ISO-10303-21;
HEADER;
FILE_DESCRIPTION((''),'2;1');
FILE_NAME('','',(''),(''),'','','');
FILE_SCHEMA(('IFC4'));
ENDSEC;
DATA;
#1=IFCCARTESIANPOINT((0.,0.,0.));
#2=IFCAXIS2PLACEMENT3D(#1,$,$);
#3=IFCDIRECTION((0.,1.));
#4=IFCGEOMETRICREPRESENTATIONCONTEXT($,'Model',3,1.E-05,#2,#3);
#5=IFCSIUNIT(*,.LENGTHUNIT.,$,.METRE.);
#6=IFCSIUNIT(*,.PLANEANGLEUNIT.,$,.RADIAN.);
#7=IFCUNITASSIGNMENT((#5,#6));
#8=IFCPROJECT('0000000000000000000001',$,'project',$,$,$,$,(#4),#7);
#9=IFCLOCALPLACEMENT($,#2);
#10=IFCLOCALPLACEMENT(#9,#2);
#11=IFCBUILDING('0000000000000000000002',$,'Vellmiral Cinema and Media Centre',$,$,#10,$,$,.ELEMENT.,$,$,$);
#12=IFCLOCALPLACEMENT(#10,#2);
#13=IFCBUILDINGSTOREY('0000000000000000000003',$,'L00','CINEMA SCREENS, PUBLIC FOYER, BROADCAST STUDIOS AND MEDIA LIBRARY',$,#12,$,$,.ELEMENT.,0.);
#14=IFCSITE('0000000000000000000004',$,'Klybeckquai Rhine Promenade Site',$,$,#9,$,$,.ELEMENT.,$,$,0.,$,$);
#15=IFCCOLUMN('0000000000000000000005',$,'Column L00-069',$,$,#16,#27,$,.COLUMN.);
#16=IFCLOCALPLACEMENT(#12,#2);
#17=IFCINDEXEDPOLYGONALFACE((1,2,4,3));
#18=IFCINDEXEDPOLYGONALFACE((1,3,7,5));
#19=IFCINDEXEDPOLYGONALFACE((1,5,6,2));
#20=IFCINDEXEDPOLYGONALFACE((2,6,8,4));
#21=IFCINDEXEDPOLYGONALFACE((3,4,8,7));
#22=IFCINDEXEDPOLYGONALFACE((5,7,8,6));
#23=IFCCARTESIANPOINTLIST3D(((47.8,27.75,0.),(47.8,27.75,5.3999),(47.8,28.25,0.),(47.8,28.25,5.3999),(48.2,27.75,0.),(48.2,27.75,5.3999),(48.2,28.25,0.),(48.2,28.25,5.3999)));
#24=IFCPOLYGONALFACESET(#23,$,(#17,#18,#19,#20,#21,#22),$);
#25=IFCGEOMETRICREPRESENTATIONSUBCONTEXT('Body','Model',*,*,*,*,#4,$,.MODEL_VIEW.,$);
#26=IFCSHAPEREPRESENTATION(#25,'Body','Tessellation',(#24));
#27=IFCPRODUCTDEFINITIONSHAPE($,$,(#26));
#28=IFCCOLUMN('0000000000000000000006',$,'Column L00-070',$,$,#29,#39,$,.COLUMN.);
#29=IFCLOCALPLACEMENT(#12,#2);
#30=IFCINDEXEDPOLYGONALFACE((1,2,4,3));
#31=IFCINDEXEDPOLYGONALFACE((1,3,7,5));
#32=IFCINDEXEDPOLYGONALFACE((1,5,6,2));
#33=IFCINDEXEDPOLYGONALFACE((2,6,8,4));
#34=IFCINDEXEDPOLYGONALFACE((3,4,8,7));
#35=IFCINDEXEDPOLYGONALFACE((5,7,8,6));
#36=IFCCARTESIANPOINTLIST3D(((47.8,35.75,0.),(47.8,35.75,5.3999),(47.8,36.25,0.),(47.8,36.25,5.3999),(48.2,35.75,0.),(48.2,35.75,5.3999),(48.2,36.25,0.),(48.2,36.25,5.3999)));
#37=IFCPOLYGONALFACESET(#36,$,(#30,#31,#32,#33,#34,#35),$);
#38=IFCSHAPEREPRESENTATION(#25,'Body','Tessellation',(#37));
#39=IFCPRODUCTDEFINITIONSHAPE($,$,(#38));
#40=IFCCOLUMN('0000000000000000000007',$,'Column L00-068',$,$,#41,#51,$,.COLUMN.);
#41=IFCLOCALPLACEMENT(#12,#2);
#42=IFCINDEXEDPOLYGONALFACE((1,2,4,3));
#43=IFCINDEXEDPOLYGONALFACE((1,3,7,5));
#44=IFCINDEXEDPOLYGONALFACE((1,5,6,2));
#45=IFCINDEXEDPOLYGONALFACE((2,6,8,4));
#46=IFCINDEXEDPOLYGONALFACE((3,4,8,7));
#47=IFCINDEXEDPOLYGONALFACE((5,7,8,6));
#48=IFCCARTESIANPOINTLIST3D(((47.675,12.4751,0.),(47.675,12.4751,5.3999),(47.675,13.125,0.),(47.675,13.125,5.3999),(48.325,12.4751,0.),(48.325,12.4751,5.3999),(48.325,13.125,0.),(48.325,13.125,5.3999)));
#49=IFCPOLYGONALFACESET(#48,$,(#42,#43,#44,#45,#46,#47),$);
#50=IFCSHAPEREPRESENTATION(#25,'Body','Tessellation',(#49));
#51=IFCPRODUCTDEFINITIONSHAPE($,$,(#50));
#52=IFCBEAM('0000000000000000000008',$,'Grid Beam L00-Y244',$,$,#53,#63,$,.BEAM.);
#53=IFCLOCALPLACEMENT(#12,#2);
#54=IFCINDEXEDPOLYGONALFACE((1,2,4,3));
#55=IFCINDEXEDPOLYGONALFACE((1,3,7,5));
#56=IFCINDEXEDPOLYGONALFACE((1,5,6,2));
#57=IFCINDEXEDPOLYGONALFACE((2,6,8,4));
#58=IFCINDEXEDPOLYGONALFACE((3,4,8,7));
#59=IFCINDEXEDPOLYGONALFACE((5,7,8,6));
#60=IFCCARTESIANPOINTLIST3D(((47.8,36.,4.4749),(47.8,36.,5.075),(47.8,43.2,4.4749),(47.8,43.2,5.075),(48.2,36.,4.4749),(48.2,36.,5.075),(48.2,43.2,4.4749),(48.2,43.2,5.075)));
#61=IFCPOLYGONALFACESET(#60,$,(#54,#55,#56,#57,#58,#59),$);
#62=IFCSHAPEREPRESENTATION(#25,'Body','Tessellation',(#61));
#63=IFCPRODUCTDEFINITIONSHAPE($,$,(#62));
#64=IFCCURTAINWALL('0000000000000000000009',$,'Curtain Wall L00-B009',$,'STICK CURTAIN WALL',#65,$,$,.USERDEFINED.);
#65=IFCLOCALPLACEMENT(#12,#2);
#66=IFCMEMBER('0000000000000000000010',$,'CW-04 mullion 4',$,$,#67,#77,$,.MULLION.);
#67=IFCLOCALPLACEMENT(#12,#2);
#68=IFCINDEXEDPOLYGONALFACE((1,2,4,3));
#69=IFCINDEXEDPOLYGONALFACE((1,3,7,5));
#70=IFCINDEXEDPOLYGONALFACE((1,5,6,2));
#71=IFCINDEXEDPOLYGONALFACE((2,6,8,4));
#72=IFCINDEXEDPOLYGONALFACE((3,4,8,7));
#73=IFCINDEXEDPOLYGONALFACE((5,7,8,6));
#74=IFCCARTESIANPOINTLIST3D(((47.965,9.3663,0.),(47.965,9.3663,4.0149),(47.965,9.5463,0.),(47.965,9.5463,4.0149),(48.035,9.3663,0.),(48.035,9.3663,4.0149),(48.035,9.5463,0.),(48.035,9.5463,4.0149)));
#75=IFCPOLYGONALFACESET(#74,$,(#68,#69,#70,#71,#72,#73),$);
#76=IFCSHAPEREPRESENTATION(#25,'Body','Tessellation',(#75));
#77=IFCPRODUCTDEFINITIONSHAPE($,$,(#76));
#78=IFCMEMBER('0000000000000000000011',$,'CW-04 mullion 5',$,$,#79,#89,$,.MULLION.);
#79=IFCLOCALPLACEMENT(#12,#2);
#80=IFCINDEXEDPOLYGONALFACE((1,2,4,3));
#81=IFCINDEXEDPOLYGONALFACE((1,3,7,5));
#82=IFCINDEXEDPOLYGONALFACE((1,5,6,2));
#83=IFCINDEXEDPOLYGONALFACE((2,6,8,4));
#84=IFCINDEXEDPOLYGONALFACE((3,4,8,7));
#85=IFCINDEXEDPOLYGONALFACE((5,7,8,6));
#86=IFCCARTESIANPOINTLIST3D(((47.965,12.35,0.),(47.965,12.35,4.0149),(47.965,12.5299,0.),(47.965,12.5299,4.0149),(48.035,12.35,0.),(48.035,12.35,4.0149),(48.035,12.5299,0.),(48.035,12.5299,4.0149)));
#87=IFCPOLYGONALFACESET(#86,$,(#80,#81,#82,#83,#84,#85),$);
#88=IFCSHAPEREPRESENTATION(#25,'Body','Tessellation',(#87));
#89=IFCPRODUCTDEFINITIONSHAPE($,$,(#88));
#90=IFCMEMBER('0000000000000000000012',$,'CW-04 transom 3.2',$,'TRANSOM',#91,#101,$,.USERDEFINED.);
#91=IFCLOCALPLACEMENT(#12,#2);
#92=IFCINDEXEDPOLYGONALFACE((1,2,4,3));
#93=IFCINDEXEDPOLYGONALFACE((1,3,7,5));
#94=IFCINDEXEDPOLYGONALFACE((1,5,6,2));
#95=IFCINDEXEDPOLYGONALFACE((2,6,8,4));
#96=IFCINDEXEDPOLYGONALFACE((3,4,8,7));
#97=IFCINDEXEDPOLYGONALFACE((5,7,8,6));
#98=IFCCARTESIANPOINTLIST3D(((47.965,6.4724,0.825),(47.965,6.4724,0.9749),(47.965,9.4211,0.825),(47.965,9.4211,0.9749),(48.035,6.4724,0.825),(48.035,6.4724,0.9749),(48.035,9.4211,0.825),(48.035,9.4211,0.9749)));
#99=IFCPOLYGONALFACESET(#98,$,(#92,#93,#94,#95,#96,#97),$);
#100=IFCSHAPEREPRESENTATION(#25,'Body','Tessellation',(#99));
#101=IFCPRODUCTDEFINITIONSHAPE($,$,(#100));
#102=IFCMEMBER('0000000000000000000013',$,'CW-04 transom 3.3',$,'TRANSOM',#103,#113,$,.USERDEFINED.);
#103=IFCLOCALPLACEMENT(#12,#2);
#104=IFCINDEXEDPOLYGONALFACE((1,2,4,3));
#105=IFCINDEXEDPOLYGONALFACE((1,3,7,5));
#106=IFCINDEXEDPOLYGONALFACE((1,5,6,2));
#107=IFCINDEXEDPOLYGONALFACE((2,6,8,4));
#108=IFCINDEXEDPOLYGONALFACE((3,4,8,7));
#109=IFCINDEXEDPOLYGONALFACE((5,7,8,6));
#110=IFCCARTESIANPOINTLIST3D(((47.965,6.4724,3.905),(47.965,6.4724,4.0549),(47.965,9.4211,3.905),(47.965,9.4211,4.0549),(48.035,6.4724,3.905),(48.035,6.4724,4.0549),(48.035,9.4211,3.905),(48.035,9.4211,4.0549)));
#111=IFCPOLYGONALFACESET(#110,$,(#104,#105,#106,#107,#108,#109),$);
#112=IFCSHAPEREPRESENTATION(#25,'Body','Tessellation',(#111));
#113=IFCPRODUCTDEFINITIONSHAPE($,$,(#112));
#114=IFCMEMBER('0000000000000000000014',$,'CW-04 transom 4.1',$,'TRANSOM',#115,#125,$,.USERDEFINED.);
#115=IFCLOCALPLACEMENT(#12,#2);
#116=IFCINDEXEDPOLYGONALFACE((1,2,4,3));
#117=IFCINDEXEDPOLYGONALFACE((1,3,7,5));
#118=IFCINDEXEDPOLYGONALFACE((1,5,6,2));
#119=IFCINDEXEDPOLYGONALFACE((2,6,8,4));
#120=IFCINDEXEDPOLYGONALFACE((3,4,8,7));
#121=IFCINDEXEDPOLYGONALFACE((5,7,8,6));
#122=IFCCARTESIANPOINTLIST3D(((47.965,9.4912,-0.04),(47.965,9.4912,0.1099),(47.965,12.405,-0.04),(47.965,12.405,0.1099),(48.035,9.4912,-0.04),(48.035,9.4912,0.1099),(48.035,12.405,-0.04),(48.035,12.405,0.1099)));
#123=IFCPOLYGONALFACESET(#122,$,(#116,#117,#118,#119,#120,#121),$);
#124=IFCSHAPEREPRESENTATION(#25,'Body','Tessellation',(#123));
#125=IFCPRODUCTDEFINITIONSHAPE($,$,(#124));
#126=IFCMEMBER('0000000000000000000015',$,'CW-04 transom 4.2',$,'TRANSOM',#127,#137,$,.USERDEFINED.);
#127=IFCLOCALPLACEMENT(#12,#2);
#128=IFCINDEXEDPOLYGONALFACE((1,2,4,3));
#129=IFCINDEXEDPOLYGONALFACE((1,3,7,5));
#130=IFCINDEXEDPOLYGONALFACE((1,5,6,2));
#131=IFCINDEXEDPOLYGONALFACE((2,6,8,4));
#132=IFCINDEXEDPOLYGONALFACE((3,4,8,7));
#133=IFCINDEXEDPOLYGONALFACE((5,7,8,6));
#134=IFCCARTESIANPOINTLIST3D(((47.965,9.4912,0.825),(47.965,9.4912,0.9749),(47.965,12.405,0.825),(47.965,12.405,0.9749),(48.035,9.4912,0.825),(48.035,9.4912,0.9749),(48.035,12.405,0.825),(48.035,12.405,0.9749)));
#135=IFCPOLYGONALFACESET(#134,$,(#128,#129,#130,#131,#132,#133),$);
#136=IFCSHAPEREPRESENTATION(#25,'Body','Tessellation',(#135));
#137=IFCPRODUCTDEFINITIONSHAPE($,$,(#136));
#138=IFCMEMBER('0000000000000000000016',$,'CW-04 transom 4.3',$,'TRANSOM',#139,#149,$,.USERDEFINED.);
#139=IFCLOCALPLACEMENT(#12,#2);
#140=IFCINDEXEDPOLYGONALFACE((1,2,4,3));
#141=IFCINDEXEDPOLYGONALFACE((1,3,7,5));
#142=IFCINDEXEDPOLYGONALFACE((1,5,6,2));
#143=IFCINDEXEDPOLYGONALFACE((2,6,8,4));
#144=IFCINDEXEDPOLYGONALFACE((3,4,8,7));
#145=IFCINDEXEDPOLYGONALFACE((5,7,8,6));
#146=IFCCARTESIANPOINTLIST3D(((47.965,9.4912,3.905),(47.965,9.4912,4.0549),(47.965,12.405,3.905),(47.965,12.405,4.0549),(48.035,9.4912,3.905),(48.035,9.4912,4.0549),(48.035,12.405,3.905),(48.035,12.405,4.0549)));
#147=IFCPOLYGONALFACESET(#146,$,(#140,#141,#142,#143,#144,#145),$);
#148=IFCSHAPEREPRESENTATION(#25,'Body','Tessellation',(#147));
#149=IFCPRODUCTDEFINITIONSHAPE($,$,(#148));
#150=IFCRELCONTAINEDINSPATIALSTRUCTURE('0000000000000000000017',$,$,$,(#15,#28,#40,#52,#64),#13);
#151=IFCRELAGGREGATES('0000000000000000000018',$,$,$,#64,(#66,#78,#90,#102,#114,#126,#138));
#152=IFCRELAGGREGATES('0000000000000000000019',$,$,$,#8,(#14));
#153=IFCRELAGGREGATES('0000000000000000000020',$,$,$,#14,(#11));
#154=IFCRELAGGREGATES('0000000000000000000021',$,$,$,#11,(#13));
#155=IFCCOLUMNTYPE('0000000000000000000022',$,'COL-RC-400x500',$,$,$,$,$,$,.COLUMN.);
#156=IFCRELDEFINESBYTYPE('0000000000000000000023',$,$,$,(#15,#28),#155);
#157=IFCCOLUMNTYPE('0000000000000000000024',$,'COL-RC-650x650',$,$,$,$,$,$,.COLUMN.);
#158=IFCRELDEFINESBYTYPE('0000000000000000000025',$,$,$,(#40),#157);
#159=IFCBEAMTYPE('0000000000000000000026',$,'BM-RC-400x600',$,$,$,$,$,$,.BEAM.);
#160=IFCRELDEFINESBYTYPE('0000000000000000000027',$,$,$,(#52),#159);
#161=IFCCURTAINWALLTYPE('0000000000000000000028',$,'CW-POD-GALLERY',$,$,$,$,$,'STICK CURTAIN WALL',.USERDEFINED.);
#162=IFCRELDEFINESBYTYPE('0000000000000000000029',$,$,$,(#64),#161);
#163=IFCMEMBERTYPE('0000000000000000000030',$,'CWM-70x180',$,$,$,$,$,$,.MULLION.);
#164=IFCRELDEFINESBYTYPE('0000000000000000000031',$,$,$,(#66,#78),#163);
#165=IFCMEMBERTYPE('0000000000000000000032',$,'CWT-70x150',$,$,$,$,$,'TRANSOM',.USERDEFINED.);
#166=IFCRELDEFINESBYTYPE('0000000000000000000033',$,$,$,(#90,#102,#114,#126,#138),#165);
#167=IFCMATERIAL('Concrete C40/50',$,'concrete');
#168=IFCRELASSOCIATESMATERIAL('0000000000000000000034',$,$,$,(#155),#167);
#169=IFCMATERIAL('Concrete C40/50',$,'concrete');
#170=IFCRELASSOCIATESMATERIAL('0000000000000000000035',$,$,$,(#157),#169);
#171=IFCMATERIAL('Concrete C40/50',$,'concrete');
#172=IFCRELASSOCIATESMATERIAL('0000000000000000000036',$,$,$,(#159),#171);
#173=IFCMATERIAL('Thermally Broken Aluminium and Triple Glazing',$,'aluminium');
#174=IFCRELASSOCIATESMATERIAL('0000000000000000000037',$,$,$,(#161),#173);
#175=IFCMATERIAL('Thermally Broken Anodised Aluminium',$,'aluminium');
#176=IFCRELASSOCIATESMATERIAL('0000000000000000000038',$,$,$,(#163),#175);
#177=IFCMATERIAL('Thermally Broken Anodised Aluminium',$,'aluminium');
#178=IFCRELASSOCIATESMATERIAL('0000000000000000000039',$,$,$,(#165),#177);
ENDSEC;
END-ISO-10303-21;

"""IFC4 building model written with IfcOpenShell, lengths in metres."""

from ifc_helpers import new_model, si_unit, direction, frame, origin, origin_2d, place, context, subcontext, project, spatial, rectangle, extrude, material, material_profile, profile_set, type_object, element, aggregate, save


model = new_model("IFC4")

# Units and contexts
model_context = context("Model", 3, precision=1e-05, world=origin(), true_north=direction((0.0, 1.0)))
body_context = subcontext(model_context, "Body", "Model", "MODEL_VIEW")
ifc_project = project(units=[si_unit("LENGTHUNIT", "METRE"), si_unit("PLANEANGLEUNIT", "RADIAN")], contexts=[model_context])

# Site, building, storey
site_placement = place(None, origin())
site = spatial("IfcSite", under=ifc_project, at=site_placement, Name="Klybeckquai Rhine Promenade Site", CompositionType="ELEMENT", RefElevation=0.0)
building_placement = place(site_placement, origin())
building = spatial("IfcBuilding", under=site, at=building_placement, Name="Vellmiral Cinema and Media Centre", CompositionType="ELEMENT")
storey_placement = place(building_placement, origin())
storey = spatial("IfcBuildingStorey", under=building, at=storey_placement, Name="L00", Description="CINEMA SCREENS, PUBLIC FOYER, BROADCAST STUDIOS AND MEDIA LIBRARY", CompositionType="ELEMENT", Elevation=0.0)

# Columns
ifc_material_1 = material(Name="Concrete C40/50", Category="concrete")
ifc_material_profile_1 = material_profile(ifc_material_1, rectangle(XDim=0.3999, YDim=0.5, at=origin_2d()), Name="RC 400x500")
ifc_profile_set_1 = profile_set([ifc_material_profile_1], Name="Concrete C40/50")
column_type_1 = type_object("IfcColumnType", Name="COL-RC-400x500", PredefinedType="COLUMN", material=ifc_profile_set_1)
for number, where, z_axis, x_axis, name in (
    (1, (48.0, 28.0, 0.0), (0.0, 0.0, 1.0), (1.0, 0.0, 0.0), "Column L00-069"),
    (2, (48.0, 36.0, 0.0), (0.0, 0.0, 1.0), (1.0, 0.0, 0.0), "Column L00-070"),
):
    element("IfcColumn", number, at=place(storey_placement, frame(where, z_axis=z_axis, x_axis=x_axis)), inside=storey, type_object=column_type_1, Name=name, PredefinedType="COLUMN", context=body_context, shape_type="SweptSolid", body=[
        extrude(rectangle(XDim=0.3999, YDim=0.5, at=origin_2d()), origin(), (0.0, 0.0, 1.0), 5.3999),
    ])
ifc_material_2 = material(Name="Concrete C40/50", Category="concrete")
ifc_material_profile_2 = material_profile(ifc_material_2, rectangle(XDim=0.6499, YDim=0.6499, at=origin_2d()), Name="RC 650x650")
ifc_profile_set_2 = profile_set([ifc_material_profile_2], Name="Concrete C40/50")
column_type_2 = type_object("IfcColumnType", Name="COL-RC-650x650", PredefinedType="COLUMN", material=ifc_profile_set_2)
column_placement = place(storey_placement, frame((48.0, 12.8, 0.0), z_axis=(0.0, 0.0, 1.0), x_axis=(1.0, 0.0, 0.0)))
element("IfcColumn", 3, at=column_placement, inside=storey, type_object=column_type_2, Name="Column L00-068", PredefinedType="COLUMN", context=body_context, shape_type="SweptSolid", body=[
    extrude(rectangle(XDim=0.6499, YDim=0.6499, at=origin_2d()), origin(), (0.0, 0.0, 1.0), 5.3999),
])

# Beam
ifc_material_3 = material(Name="Concrete C40/50", Category="concrete")
ifc_material_profile_3 = material_profile(ifc_material_3, rectangle(XDim=0.3999, YDim=0.6001, at=origin_2d()), Name="RC 400x600")
ifc_profile_set_3 = profile_set([ifc_material_profile_3], Name="Concrete C40/50")
beam_type_1 = type_object("IfcBeamType", Name="BM-RC-400x600", PredefinedType="BEAM", material=ifc_profile_set_3)
beam_1_placement = place(storey_placement, frame((48.0, 36.0, 4.7749), z_axis=(0.0, 1.0, 0.0), x_axis=(-1.0, 0.0, 0.0)))
element("IfcBeam", 4, at=beam_1_placement, inside=storey, type_object=beam_type_1, Name="Grid Beam L00-Y244", PredefinedType="BEAM", context=body_context, shape_type="SweptSolid", body=[
    extrude(rectangle(XDim=0.3999, YDim=0.6001, at=origin_2d()), origin(), (0.0, 0.0, 1.0), 7.2),
])

# Curtain wall, members
ifc_material_4 = material(Name="Thermally Broken Aluminium and Triple Glazing", Category="aluminium")
curtain_wall_type = type_object("IfcCurtainWallType", Name="CW-POD-GALLERY", ElementType="STICK CURTAIN WALL", PredefinedType="USERDEFINED", material=ifc_material_4)
curtain_wall_placement = place(storey_placement, origin())
curtain_wall = element("IfcCurtainWall", 5, at=curtain_wall_placement, inside=storey, type_object=curtain_wall_type, Name="Curtain Wall L00-B009", ObjectType="STICK CURTAIN WALL", PredefinedType="USERDEFINED")
ifc_material_5 = material(Name="Thermally Broken Anodised Aluminium", Category="aluminium")
ifc_material_profile_4 = material_profile(ifc_material_5, rectangle(XDim=0.0701, YDim=0.1799, at=origin_2d()), Name="MULL 70x180")
ifc_profile_set_4 = profile_set([ifc_material_profile_4], Name="Thermally Broken Anodised Aluminium")
member_type_1 = type_object("IfcMemberType", Name="CWM-70x180", PredefinedType="MULLION", material=ifc_profile_set_4)
member_1_placement = place(storey_placement, frame((48.0, 9.4563, 0.0), z_axis=(0.0, 0.0, 1.0), x_axis=(-1.0, 0.0, 0.0)))
member_1 = element("IfcMember", 6, at=member_1_placement, type_object=member_type_1, Name="CW-04 mullion 4", PredefinedType="MULLION", context=body_context, shape_type="SweptSolid", body=[
    extrude(rectangle(XDim=0.0701, YDim=0.1799, at=origin_2d()), origin(), (0.0, 0.0, 1.0), 4.0149),
])
member_2_placement = place(storey_placement, frame((48.0, 12.4399, 0.0), z_axis=(0.0, 0.0, 1.0), x_axis=(-1.0, 0.0, 0.0)))
member_2 = element("IfcMember", 7, at=member_2_placement, type_object=member_type_1, Name="CW-04 mullion 5", PredefinedType="MULLION", context=body_context, shape_type="SweptSolid", body=[
    extrude(rectangle(XDim=0.0701, YDim=0.1799, at=origin_2d()), origin(), (0.0, 0.0, 1.0), 4.0149),
])
ifc_material_6 = material(Name="Thermally Broken Anodised Aluminium", Category="aluminium")
ifc_material_profile_5 = material_profile(ifc_material_6, rectangle(XDim=0.0701, YDim=0.1499, at=origin_2d()), Name="MULL 70x150")
ifc_profile_set_5 = profile_set([ifc_material_profile_5], Name="Thermally Broken Anodised Aluminium")
member_type_2 = type_object("IfcMemberType", Name="CWT-70x150", ElementType="TRANSOM", PredefinedType="USERDEFINED", material=ifc_profile_set_5)
member_3_placement = place(storey_placement, frame((48.0, 6.4724, 0.8999), z_axis=(0.0, 1.0, 0.0), x_axis=(-1.0, 0.0, 0.0)))
member_3 = element("IfcMember", 8, at=member_3_placement, type_object=member_type_2, Name="CW-04 transom 3.2", ObjectType="TRANSOM", PredefinedType="USERDEFINED", context=body_context, shape_type="SweptSolid", body=[
    extrude(rectangle(XDim=0.0701, YDim=0.1499, at=origin_2d()), origin(), (0.0, 0.0, 1.0), 2.9487),
])
member_4_placement = place(storey_placement, frame((48.0, 6.4724, 3.98), z_axis=(0.0, 1.0, 0.0), x_axis=(-1.0, 0.0, 0.0)))
member_4 = element("IfcMember", 9, at=member_4_placement, type_object=member_type_2, Name="CW-04 transom 3.3", ObjectType="TRANSOM", PredefinedType="USERDEFINED", context=body_context, shape_type="SweptSolid", body=[
    extrude(rectangle(XDim=0.0701, YDim=0.1499, at=origin_2d()), origin(), (0.0, 0.0, 1.0), 2.9487),
])
member_5_placement = place(storey_placement, frame((48.0, 9.4912, 0.0349), z_axis=(0.0, 1.0, 0.0), x_axis=(-1.0, 0.0, 0.0)))
member_5 = element("IfcMember", 10, at=member_5_placement, type_object=member_type_2, Name="CW-04 transom 4.1", ObjectType="TRANSOM", PredefinedType="USERDEFINED", context=body_context, shape_type="SweptSolid", body=[
    extrude(rectangle(XDim=0.0701, YDim=0.1499, at=origin_2d()), origin(), (0.0, 0.0, 1.0), 2.9138),
])
member_6_placement = place(storey_placement, frame((48.0, 9.4912, 0.8999), z_axis=(0.0, 1.0, 0.0), x_axis=(-1.0, 0.0, 0.0)))
member_6 = element("IfcMember", 11, at=member_6_placement, type_object=member_type_2, Name="CW-04 transom 4.2", ObjectType="TRANSOM", PredefinedType="USERDEFINED", context=body_context, shape_type="SweptSolid", body=[
    extrude(rectangle(XDim=0.0701, YDim=0.1499, at=origin_2d()), origin(), (0.0, 0.0, 1.0), 2.9138),
])
member_7_placement = place(storey_placement, frame((48.0, 9.4912, 3.98), z_axis=(0.0, 1.0, 0.0), x_axis=(-1.0, 0.0, 0.0)))
member_7 = element("IfcMember", 12, at=member_7_placement, type_object=member_type_2, Name="CW-04 transom 4.3", ObjectType="TRANSOM", PredefinedType="USERDEFINED", context=body_context, shape_type="SweptSolid", body=[
    extrude(rectangle(XDim=0.0701, YDim=0.1499, at=origin_2d()), origin(), (0.0, 0.0, 1.0), 2.9138),
])

aggregate(curtain_wall, [member_1, member_2, member_3, member_4, member_5, member_6, member_7])

save(model, "model.ifc")
